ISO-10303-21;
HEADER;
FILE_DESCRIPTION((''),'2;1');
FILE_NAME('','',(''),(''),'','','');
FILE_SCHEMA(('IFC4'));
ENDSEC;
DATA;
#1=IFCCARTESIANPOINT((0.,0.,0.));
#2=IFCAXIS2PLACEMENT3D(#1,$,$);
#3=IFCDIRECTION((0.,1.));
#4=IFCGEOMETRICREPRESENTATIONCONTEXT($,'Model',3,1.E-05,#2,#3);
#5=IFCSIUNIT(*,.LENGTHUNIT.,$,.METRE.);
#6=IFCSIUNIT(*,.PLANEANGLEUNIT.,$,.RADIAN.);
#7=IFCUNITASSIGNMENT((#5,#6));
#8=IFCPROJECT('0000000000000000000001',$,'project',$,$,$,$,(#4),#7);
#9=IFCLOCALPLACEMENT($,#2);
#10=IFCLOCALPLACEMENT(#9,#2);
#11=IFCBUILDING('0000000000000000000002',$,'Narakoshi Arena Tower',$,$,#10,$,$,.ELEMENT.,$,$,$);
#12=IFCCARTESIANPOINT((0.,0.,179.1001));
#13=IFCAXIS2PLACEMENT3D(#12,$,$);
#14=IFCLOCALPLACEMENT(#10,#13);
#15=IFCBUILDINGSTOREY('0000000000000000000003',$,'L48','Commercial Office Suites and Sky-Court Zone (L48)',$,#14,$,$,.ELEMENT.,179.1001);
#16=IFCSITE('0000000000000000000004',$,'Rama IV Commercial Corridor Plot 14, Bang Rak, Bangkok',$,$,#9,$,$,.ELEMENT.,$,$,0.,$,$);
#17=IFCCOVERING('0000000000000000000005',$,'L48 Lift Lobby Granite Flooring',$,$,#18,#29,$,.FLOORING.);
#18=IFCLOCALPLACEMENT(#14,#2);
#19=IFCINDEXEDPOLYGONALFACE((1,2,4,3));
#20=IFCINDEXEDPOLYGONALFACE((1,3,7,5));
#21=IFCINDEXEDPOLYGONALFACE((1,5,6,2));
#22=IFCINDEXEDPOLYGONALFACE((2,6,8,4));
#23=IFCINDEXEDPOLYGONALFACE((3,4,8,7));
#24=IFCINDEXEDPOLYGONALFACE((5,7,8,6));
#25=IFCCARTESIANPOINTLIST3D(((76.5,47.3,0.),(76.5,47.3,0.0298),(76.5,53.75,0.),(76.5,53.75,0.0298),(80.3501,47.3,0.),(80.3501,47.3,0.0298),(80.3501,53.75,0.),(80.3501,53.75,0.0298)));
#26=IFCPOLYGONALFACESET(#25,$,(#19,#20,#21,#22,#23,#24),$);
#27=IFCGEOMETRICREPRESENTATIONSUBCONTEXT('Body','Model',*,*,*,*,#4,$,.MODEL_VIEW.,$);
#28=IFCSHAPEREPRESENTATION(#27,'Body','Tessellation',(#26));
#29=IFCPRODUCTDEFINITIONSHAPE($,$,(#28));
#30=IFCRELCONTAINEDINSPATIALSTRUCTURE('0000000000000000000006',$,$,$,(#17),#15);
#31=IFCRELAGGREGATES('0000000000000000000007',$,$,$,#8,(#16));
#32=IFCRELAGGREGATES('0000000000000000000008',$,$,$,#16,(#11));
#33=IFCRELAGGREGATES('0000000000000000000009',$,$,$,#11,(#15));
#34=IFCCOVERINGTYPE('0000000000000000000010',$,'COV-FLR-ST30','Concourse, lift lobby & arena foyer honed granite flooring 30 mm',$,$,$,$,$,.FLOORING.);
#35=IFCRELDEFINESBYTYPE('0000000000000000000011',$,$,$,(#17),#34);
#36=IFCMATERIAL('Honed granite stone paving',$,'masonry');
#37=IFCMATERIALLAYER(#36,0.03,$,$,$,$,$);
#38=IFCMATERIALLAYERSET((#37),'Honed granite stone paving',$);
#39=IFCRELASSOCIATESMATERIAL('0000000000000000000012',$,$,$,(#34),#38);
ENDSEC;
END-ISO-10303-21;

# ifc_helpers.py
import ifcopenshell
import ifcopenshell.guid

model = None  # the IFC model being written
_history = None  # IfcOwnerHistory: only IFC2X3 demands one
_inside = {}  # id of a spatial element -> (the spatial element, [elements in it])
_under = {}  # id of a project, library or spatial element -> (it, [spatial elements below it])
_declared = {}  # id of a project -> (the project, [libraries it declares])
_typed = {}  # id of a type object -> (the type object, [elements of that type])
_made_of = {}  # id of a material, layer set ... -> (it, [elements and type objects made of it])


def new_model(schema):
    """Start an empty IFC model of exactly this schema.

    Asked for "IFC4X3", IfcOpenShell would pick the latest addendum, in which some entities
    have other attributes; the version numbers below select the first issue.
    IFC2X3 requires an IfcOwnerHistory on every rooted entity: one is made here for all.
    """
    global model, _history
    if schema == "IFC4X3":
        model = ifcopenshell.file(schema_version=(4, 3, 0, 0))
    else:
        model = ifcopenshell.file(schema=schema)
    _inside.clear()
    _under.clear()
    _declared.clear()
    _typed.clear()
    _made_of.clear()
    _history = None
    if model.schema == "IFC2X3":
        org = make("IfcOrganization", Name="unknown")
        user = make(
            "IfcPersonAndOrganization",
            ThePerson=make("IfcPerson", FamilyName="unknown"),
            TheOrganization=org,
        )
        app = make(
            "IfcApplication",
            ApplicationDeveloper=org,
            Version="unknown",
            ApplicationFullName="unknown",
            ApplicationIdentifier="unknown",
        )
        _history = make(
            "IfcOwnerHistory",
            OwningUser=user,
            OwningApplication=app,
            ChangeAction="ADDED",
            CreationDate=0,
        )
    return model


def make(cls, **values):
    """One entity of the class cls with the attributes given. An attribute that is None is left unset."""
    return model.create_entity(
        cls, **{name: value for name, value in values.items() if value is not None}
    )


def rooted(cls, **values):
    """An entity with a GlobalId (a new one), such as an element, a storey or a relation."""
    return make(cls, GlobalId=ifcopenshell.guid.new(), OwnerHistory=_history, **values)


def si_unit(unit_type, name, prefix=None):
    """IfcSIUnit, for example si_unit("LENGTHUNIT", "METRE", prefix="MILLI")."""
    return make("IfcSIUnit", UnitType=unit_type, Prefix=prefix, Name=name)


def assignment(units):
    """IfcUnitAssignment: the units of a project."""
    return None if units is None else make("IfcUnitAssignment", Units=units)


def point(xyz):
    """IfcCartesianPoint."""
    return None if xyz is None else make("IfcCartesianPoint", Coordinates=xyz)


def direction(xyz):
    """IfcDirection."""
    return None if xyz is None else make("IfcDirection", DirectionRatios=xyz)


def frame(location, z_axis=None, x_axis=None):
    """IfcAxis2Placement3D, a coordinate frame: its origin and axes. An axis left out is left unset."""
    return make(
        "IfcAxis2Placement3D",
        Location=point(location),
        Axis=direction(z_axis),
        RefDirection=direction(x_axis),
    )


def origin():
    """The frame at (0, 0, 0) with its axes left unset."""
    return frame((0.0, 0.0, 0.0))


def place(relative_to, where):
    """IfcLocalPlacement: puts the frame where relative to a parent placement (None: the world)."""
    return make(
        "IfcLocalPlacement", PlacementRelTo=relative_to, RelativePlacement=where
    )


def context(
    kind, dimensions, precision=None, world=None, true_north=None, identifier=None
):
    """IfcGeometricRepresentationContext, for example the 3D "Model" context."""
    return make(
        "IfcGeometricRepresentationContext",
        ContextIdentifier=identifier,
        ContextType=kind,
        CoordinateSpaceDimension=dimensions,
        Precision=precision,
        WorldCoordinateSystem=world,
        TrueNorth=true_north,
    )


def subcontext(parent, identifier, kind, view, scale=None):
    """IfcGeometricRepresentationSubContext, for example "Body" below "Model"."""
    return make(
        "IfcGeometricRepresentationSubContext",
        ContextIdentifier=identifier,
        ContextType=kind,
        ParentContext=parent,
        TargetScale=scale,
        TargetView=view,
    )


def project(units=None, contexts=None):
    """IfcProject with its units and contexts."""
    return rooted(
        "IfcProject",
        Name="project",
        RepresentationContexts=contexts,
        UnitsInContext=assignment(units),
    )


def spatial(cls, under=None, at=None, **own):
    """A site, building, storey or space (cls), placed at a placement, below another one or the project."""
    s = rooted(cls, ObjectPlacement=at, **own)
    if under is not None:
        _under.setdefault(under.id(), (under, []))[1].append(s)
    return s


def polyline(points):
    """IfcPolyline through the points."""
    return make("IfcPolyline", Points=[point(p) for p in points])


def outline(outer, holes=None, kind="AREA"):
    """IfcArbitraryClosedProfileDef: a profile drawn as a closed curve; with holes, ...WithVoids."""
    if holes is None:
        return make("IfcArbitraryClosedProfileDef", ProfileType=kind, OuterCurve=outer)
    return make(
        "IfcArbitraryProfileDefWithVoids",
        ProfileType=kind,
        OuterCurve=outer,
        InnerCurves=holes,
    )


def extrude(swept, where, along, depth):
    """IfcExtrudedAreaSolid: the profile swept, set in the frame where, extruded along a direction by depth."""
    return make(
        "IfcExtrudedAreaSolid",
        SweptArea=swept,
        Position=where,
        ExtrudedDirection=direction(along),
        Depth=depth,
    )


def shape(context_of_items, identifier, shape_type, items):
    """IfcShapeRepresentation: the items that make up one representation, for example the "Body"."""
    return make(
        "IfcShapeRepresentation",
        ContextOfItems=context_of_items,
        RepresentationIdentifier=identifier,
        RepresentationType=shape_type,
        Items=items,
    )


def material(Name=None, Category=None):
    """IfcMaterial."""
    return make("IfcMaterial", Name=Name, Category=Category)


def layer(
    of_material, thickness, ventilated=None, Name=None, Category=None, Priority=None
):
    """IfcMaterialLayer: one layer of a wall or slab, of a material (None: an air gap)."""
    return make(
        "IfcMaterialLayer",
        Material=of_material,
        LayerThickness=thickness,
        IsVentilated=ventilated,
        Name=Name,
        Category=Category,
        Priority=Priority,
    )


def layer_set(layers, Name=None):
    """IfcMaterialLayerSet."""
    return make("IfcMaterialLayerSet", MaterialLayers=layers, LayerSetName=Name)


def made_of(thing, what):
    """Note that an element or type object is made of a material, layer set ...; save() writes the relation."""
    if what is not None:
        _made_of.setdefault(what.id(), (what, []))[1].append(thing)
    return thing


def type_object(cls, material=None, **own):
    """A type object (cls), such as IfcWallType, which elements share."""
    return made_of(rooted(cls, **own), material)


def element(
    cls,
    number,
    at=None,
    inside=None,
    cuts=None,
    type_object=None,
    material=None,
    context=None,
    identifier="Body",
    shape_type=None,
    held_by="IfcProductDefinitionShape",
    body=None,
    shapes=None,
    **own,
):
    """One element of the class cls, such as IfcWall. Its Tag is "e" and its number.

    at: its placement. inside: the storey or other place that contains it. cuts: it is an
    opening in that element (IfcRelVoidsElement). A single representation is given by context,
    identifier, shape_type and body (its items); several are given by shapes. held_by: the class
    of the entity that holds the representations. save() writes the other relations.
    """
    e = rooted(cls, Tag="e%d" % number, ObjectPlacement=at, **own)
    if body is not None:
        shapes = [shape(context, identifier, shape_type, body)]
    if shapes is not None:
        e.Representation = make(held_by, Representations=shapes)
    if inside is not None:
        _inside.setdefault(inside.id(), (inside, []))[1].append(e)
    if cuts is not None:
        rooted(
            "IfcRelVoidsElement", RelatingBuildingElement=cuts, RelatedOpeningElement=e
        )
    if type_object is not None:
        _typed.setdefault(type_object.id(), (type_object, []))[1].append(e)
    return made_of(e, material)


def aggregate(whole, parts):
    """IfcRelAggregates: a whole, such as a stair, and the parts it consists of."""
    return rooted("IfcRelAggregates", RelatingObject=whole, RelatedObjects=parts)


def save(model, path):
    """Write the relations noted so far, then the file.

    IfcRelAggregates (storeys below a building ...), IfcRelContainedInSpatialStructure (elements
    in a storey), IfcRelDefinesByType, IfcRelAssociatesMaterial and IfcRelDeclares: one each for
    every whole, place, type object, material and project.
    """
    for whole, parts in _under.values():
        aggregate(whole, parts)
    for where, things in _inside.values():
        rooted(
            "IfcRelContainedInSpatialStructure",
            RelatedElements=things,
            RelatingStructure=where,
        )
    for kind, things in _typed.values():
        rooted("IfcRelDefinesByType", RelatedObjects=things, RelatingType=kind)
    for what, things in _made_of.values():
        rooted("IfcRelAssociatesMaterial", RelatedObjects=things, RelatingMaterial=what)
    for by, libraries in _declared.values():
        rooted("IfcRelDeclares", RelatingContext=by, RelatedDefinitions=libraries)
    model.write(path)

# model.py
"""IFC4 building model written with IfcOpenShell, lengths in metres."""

from ifc_helpers import new_model, si_unit, direction, frame, origin, place, context, subcontext, project, spatial, polyline, outline, extrude, material, layer, layer_set, type_object, element, save


model = new_model("IFC4")

# Units and contexts
model_context = context("Model", 3, precision=1e-05, world=origin(), true_north=direction((0.0, 1.0)))
body_context = subcontext(model_context, "Body", "Model", "MODEL_VIEW")
ifc_project = project(units=[si_unit("LENGTHUNIT", "METRE"), si_unit("PLANEANGLEUNIT", "RADIAN")], contexts=[model_context])

# Site, building, storey
site_placement = place(None, origin())
site = spatial("IfcSite", under=ifc_project, at=site_placement, Name="Rama IV Commercial Corridor Plot 14, Bang Rak, Bangkok", CompositionType="ELEMENT", RefElevation=0.0)
building_placement = place(site_placement, origin())
building = spatial("IfcBuilding", under=site, at=building_placement, Name="Narakoshi Arena Tower", CompositionType="ELEMENT")
storey_placement = place(building_placement, frame((0.0, 0.0, 179.1001)))
storey = spatial("IfcBuildingStorey", under=building, at=storey_placement, Name="L48", Description="Commercial Office Suites and Sky-Court Zone (L48)", CompositionType="ELEMENT", Elevation=179.1001)

# Covering
ifc_material_1 = material(Name="Honed granite stone paving", Category="masonry")
ifc_layer_1 = layer(ifc_material_1, 0.03)
ifc_layer_set_1 = layer_set([ifc_layer_1], Name="Honed granite stone paving")
covering_type_1 = type_object("IfcCoveringType", Name="COV-FLR-ST30", Description="Concourse, lift lobby & arena foyer honed granite flooring 30 mm", PredefinedType="FLOORING", material=ifc_layer_set_1)
covering_1_placement = place(storey_placement, origin())
element("IfcCovering", 1, at=covering_1_placement, inside=storey, type_object=covering_type_1, Name="L48 Lift Lobby Granite Flooring", PredefinedType="FLOORING", context=body_context, shape_type="SweptSolid", body=[
    extrude(outline(polyline([(76.5, 47.3), (80.3501, 47.3), (80.3501, 53.75), (76.5, 53.75), (76.5, 47.3)])), origin(), (0.0, 0.0, 1.0), 0.0298),
])

save(model, "model.ifc")
